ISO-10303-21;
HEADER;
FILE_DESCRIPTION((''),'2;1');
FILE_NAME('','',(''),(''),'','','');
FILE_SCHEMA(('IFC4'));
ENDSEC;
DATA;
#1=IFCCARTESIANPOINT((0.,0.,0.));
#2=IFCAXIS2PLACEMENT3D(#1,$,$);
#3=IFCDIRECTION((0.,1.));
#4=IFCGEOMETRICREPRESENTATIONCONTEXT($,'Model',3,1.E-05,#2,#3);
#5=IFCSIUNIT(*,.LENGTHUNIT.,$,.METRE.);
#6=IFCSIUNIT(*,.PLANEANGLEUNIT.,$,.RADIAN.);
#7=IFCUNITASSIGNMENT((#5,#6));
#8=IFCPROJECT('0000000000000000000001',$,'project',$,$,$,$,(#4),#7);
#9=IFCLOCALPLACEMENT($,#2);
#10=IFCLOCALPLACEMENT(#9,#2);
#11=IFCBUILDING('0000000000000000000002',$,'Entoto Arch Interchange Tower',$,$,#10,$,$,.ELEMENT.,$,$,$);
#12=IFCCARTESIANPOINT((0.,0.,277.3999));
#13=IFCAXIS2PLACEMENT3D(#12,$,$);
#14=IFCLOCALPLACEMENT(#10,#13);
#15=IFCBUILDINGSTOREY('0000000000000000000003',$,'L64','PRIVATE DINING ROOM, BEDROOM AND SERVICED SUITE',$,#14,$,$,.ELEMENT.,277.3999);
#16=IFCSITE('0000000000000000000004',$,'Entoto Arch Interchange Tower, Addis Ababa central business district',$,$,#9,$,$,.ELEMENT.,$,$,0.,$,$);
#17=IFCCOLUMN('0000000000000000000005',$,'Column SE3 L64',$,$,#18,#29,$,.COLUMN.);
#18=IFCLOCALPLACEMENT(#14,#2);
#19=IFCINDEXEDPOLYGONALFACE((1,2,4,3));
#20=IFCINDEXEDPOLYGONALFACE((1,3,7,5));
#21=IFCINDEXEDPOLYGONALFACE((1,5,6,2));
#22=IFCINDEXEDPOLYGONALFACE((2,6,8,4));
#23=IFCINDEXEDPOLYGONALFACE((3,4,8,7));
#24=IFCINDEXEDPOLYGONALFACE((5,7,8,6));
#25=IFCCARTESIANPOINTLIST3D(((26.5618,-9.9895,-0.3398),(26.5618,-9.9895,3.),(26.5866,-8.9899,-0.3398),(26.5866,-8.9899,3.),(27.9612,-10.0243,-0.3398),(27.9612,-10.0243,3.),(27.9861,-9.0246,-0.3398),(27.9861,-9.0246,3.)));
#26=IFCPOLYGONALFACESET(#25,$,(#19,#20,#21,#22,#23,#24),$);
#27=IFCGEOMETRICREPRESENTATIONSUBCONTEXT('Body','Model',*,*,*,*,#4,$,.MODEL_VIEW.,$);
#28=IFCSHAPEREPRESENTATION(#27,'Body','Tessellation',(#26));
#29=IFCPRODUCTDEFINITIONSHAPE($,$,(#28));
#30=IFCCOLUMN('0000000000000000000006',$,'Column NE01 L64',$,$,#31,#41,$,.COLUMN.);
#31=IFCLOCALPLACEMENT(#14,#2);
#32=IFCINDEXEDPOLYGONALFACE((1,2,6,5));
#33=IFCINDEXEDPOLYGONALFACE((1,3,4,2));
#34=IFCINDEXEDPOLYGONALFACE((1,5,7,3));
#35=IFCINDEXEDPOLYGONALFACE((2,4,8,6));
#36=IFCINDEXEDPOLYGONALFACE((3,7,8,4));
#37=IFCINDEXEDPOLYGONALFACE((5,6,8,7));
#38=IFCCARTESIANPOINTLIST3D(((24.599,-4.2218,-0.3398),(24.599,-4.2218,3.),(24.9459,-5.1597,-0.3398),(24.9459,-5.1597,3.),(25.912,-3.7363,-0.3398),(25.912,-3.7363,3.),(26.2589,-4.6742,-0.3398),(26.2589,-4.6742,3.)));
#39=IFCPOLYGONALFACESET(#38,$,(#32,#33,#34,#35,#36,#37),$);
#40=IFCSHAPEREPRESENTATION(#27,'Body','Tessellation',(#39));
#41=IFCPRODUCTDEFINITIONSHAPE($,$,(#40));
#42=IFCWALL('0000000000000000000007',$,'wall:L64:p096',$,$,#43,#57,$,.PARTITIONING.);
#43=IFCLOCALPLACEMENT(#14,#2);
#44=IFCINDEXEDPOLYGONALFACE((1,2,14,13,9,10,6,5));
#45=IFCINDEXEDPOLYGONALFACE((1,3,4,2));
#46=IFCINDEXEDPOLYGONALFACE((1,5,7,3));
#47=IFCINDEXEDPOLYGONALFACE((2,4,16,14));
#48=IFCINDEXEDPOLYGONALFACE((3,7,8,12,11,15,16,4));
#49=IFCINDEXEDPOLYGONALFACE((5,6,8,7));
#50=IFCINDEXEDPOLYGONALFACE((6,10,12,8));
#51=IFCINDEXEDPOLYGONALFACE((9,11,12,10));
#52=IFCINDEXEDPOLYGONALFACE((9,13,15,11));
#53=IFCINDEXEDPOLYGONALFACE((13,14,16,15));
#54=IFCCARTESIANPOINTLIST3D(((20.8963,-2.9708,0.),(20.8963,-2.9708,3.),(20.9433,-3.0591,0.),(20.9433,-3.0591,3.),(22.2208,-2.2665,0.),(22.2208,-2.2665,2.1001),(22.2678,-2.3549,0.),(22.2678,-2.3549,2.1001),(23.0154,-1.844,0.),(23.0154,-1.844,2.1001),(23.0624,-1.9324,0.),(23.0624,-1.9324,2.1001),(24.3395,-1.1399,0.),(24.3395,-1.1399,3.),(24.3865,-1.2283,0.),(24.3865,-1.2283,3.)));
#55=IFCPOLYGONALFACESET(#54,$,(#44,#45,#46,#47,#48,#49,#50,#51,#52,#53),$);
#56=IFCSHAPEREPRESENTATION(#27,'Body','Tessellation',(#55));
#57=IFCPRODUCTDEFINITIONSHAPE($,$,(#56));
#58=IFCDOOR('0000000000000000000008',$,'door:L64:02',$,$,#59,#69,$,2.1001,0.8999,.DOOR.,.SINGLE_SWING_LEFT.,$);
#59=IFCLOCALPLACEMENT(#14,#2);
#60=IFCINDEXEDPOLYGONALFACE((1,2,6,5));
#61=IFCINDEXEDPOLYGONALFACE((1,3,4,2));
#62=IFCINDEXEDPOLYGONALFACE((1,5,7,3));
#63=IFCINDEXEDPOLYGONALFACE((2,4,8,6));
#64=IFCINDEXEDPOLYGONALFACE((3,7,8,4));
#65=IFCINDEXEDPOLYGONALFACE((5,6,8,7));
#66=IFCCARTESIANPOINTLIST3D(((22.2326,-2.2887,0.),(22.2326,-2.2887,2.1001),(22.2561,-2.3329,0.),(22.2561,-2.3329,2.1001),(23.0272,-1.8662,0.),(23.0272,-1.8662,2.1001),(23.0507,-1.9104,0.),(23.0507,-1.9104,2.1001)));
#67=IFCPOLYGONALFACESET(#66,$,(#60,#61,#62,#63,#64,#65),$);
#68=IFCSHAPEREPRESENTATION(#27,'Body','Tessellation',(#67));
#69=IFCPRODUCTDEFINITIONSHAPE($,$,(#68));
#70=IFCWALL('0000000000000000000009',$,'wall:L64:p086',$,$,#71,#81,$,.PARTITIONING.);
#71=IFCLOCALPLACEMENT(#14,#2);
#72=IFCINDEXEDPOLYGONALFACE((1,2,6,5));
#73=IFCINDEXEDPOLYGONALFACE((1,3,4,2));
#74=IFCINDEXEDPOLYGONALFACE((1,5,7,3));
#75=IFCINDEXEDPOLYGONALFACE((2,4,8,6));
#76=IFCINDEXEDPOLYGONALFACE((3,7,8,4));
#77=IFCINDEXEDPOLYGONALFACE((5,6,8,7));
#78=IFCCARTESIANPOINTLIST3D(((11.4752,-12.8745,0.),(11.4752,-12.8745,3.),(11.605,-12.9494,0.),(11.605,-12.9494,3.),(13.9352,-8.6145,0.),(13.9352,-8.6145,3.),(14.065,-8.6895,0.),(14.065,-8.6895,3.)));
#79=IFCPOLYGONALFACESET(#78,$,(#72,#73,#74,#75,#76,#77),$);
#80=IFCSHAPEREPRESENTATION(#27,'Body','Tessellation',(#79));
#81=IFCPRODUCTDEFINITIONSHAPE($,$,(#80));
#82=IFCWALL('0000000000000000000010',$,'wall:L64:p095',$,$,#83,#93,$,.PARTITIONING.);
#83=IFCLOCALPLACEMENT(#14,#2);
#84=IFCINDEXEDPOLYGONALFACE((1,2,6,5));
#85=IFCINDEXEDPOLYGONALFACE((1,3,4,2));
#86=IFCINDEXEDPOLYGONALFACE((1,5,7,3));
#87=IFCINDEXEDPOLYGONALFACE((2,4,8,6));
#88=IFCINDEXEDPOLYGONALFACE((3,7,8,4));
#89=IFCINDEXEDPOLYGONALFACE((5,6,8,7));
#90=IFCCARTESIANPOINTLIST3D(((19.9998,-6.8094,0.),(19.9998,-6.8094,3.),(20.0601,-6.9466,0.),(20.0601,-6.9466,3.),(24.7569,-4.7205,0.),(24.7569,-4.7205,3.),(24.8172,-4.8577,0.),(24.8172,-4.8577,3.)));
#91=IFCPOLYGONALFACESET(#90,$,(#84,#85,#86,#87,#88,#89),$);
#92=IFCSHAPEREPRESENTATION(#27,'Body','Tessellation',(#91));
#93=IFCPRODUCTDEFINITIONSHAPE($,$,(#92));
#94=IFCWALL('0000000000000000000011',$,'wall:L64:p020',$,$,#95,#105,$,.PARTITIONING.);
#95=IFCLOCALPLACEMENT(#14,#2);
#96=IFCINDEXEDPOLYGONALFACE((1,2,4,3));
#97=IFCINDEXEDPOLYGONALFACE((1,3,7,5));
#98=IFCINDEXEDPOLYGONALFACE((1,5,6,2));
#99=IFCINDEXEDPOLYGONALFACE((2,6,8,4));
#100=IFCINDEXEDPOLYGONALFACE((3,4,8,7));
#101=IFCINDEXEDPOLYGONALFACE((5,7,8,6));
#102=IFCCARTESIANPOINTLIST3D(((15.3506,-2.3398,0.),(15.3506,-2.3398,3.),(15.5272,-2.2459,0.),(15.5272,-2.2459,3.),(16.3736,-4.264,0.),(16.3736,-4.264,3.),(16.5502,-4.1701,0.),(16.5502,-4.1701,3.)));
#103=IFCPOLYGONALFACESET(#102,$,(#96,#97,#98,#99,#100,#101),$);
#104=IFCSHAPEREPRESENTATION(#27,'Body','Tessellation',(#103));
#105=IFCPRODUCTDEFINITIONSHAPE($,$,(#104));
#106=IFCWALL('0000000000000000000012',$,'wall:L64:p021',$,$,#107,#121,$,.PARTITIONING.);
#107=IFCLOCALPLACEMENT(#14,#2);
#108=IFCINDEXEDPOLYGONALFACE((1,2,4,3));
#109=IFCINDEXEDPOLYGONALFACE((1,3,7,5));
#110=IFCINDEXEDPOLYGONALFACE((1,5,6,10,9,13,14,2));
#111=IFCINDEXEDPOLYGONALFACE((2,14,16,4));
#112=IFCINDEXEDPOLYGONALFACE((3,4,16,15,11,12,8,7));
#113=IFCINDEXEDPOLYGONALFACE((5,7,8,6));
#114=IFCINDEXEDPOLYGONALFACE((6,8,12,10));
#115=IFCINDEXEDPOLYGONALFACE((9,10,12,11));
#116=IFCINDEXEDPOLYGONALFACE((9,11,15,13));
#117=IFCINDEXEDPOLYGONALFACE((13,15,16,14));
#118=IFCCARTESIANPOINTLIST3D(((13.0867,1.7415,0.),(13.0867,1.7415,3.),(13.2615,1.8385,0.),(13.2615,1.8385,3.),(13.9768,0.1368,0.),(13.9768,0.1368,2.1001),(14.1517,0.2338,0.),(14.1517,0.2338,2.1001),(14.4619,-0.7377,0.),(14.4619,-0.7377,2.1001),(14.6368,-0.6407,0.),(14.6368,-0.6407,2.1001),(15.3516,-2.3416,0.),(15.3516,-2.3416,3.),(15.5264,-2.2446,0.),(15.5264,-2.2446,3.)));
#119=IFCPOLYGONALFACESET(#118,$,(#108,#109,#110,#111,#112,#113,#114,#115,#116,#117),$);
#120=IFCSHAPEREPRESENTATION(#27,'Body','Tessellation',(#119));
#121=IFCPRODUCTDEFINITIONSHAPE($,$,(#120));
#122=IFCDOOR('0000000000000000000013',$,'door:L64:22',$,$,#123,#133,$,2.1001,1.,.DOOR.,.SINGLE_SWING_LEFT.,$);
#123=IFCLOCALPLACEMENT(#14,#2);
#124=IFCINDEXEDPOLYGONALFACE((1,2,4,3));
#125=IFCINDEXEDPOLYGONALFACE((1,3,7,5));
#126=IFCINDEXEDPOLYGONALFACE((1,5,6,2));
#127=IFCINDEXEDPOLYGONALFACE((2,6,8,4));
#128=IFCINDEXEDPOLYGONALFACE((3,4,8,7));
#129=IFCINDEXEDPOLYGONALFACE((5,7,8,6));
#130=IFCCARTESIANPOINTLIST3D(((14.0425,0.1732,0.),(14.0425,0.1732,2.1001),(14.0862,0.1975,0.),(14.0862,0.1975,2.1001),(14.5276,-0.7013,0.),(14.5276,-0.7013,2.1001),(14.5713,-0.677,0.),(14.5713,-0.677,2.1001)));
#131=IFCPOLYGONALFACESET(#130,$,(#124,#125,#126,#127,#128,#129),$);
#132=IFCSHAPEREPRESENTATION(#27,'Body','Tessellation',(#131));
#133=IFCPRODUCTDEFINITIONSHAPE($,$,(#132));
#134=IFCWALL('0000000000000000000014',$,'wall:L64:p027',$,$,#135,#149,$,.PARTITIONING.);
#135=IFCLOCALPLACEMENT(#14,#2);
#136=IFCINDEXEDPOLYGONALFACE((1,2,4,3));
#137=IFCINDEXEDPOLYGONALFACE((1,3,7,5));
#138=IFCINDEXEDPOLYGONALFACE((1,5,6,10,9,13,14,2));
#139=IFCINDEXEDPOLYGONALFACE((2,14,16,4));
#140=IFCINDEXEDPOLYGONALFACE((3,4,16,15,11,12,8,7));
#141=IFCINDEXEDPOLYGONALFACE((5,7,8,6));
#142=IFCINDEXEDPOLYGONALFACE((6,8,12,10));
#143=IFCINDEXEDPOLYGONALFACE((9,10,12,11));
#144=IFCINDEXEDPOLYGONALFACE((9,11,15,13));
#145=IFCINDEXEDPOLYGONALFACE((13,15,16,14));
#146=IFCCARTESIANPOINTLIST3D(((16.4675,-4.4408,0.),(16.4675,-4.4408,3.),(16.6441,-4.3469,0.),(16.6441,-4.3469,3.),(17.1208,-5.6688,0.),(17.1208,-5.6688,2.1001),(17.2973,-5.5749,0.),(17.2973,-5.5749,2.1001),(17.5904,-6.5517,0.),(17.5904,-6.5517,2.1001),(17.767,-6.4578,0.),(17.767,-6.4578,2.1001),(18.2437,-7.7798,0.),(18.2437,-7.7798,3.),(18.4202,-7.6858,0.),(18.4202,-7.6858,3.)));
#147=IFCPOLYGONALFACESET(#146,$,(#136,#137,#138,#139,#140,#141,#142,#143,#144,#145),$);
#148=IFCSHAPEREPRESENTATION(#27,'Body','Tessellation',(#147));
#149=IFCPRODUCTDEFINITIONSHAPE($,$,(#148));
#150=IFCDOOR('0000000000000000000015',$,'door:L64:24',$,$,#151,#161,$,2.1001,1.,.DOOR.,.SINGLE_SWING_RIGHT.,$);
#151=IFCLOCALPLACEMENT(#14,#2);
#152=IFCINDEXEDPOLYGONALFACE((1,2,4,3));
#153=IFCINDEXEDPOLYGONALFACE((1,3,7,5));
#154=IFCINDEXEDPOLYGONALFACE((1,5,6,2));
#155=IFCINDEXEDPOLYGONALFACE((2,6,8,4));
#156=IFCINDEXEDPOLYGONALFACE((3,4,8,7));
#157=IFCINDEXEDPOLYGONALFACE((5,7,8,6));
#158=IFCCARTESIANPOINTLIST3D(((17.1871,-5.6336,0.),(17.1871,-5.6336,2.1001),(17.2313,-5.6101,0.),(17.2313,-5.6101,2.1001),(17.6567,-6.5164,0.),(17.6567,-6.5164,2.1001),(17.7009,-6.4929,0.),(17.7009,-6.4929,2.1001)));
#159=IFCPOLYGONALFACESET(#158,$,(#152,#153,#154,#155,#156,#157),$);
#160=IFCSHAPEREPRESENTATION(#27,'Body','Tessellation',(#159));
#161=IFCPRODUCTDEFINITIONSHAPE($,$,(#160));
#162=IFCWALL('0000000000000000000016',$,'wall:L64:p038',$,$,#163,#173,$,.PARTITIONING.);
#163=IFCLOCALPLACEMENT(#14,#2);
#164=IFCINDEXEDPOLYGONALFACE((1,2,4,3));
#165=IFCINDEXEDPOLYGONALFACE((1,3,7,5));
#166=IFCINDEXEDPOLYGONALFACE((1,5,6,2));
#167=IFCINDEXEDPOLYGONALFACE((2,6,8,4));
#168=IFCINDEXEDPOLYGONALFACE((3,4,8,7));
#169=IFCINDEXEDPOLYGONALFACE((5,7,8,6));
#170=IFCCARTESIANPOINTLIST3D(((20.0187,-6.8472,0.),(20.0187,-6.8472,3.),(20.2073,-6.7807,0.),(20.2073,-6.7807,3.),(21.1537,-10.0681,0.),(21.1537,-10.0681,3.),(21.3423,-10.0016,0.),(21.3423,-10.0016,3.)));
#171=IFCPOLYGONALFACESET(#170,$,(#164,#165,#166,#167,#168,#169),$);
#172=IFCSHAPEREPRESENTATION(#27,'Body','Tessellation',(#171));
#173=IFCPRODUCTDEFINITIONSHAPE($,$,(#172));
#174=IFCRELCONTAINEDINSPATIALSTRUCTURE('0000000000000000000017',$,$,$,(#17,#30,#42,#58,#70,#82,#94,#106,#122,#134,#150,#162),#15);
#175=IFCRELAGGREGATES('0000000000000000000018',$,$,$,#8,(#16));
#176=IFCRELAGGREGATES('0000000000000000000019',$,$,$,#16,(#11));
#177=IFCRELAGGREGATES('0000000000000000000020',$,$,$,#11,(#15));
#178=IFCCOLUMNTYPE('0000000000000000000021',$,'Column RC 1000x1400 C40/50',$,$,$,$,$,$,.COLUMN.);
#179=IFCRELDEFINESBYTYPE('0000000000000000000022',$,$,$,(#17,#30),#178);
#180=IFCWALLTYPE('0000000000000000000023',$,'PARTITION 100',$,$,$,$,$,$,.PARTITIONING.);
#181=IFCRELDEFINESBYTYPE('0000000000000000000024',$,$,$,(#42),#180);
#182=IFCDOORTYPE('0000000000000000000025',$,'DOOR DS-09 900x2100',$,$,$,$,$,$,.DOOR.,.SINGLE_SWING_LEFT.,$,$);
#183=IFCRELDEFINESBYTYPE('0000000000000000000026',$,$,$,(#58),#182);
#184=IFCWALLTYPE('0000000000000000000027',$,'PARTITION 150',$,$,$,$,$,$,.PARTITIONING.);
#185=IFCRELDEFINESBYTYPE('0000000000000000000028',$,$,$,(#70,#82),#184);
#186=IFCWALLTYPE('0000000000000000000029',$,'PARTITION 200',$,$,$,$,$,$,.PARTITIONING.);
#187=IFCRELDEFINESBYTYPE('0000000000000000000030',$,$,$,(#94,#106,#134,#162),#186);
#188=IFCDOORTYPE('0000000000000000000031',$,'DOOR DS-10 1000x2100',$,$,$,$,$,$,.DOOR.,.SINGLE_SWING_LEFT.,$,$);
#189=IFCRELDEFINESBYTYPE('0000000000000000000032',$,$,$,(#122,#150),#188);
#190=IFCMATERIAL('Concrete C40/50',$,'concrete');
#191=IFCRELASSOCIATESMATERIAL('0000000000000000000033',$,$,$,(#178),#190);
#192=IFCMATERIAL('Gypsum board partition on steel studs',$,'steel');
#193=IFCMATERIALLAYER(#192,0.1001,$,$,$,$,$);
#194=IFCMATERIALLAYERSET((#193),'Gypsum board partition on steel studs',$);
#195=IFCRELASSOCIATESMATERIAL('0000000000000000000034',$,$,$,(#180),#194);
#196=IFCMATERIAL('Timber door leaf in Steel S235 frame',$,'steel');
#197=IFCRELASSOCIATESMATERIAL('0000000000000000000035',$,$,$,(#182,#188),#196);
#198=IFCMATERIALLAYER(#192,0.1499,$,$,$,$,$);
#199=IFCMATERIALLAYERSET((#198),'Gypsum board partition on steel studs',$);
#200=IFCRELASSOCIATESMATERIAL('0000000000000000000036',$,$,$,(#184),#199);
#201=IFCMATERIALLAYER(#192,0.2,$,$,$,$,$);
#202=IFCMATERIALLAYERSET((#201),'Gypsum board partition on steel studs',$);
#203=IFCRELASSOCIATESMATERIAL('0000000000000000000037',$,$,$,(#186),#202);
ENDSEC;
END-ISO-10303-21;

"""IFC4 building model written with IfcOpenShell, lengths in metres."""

from ifc_helpers import new_model, si_unit, direction, frame, frame_2d, origin, origin_2d, place, context, subcontext, project, spatial, rectangle, extrude, material, layer, layer_set, material_profile, profile_set, type_object, element, fill, save


model = new_model("IFC4")

# Units and contexts
model_context = context("Model", 3, precision=1e-05, world=origin(), true_north=direction((0.0, 1.0)))
body_context = subcontext(model_context, "Body", "Model", "MODEL_VIEW")
ifc_project = project(units=[si_unit("LENGTHUNIT", "METRE"), si_unit("PLANEANGLEUNIT", "RADIAN")], contexts=[model_context])

# Site, building, storey
site_placement = place(None, origin())
site = spatial("IfcSite", under=ifc_project, at=site_placement, Name="Entoto Arch Interchange Tower, Addis Ababa central business district", CompositionType="ELEMENT", RefElevation=0.0)
building_placement = place(site_placement, origin())
building = spatial("IfcBuilding", under=site, at=building_placement, Name="Entoto Arch Interchange Tower", CompositionType="ELEMENT")
storey_placement = place(building_placement, frame((0.0, 0.0, 277.3999)))
storey = spatial("IfcBuildingStorey", under=building, at=storey_placement, Name="L64", Description="PRIVATE DINING ROOM, BEDROOM AND SERVICED SUITE", CompositionType="ELEMENT", Elevation=277.3999)

# Columns
ifc_material_1 = material(Name="Concrete C40/50", Category="concrete")
ifc_material_profile = material_profile(ifc_material_1, rectangle(XDim=1.0, YDim=1.3999, at=origin_2d()))
ifc_profile_set = profile_set([ifc_material_profile], Name="Concrete C40/50")
column_type = type_object("IfcColumnType", Name="Column RC 1000x1400 C40/50", PredefinedType="COLUMN", material=ifc_profile_set)
for number, where, z_axis, x_axis, name in (
    (1, (27.2739, -9.5071, -0.3398), (0.0, 0.0, 1.0), (0.024833, 0.999692, 0.0), "Column SE3 L64"),
    (2, (25.429, -4.448, -0.3398), (0.0, 0.0, 1.0), (-0.346854, 0.937919, 0.0), "Column NE01 L64"),
):
    element("IfcColumn", number, at=place(storey_placement, frame(where, z_axis=z_axis, x_axis=x_axis)), inside=storey, type_object=column_type, Name=name, PredefinedType="COLUMN", context=body_context, shape_type="SweptSolid", body=[
        extrude(rectangle(XDim=1.0, YDim=1.3999, at=origin_2d()), origin(), (0.0, 0.0, 1.0), 3.3398),
    ])

# Wall, opening, door
ifc_material_2 = material(Name="Gypsum board partition on steel studs", Category="steel")
ifc_layer_1 = layer(ifc_material_2, 0.1001)
ifc_layer_set_1 = layer_set([ifc_layer_1], Name="Gypsum board partition on steel studs")
wall_type_1 = type_object("IfcWallType", Name="PARTITION 100", PredefinedType="PARTITIONING", material=ifc_layer_set_1)
wall_1_placement = place(storey_placement, frame((20.9199, -3.0149, 0.0), z_axis=(0.0, 0.0, 1.0), x_axis=(0.88294, 0.469486, 0.0)))
wall_1 = element("IfcWall", 3, at=wall_1_placement, inside=storey, type_object=wall_type_1, Name="wall:L64:p096", PredefinedType="PARTITIONING", context=body_context, shape_type="SweptSolid", body=[
    extrude(rectangle(XDim=3.8997, YDim=0.1001, at=frame_2d((1.9497, 0.0))), origin(), (0.0, 0.0, 1.0), 3.0),
])
opening_1_placement = place(wall_1_placement, frame((1.5, 0.0, 0.0)))
opening_1 = element("IfcOpeningElement", 4, at=opening_1_placement, cuts=wall_1, PredefinedType="OPENING", context=body_context, shape_type="SweptSolid", body=[
    extrude(rectangle(XDim=0.8999, YDim=2.1001, at=frame_2d((0.45, 1.05))), frame((0.0, 0.0601, 0.0), z_axis=(0.0, -1.0, 0.0), x_axis=(1.0, 0.0, 0.0)), (0.0, 0.0, 1.0), 0.1201),
])
ifc_material_3 = material(Name="Timber door leaf in Steel S235 frame", Category="steel")
door_type_1 = type_object("IfcDoorType", Name="DOOR DS-09 900x2100", OperationType="SINGLE_SWING_LEFT", PredefinedType="DOOR", material=ifc_material_3)
door_1_placement = place(opening_1_placement, origin())
door_1 = element("IfcDoor", 5, at=door_1_placement, inside=storey, type_object=door_type_1, Name="door:L64:02", OperationType="SINGLE_SWING_LEFT", OverallHeight=2.1001, OverallWidth=0.8999, PredefinedType="DOOR", context=body_context, shape_type="SweptSolid", body=[
    extrude(rectangle(XDim=0.8999, YDim=2.1001, at=frame_2d((0.45, 1.05))), frame((0.0, 0.0249, 0.0), z_axis=(0.0, -1.0, 0.0), x_axis=(1.0, 0.0, 0.0)), (0.0, 0.0, 1.0), 0.05),
])
fill(opening_1, door_1)

# Walls
ifc_layer_2 = layer(ifc_material_2, 0.1499)
ifc_layer_set_2 = layer_set([ifc_layer_2], Name="Gypsum board partition on steel studs")
wall_type_2 = type_object("IfcWallType", Name="PARTITION 150", PredefinedType="PARTITIONING", material=ifc_layer_set_2)
wall_2_placement = place(storey_placement, frame((14.0, -8.6521, 0.0), z_axis=(0.0, 0.0, 1.0), x_axis=(-0.500068, -0.865986, 0.0)))
element("IfcWall", 6, at=wall_2_placement, inside=storey, type_object=wall_type_2, Name="wall:L64:p086", PredefinedType="PARTITIONING", context=body_context, shape_type="SweptSolid", body=[
    extrude(rectangle(XDim=4.9192, YDim=0.1499, at=frame_2d((2.4595, 0.0))), origin(), (0.0, 0.0, 1.0), 3.0),
])
wall_3_placement = place(storey_placement, frame((20.03, -6.8779, 0.0), z_axis=(0.0, 0.0, 1.0), x_axis=(0.915616, 0.402053, 0.0)))
element("IfcWall", 7, at=wall_3_placement, inside=storey, type_object=wall_type_2, Name="wall:L64:p095", PredefinedType="PARTITIONING", context=body_context, shape_type="SweptSolid", body=[
    extrude(rectangle(XDim=5.1956, YDim=0.1499, at=frame_2d((2.5977, 0.0))), origin(), (0.0, 0.0, 1.0), 3.0),
])
ifc_layer_3 = layer(ifc_material_2, 0.2)
ifc_layer_set_3 = layer_set([ifc_layer_3], Name="Gypsum board partition on steel studs")
wall_type_3 = type_object("IfcWallType", Name="PARTITION 200", PredefinedType="PARTITIONING", material=ifc_layer_set_3)
wall_4_placement = place(storey_placement, frame((16.4619, -4.217, 0.0), z_axis=(0.0, 0.0, 1.0), x_axis=(-0.469436, 0.882966, 0.0)))
element("IfcWall", 8, at=wall_4_placement, inside=storey, type_object=wall_type_3, Name="wall:L64:p020", PredefinedType="PARTITIONING", context=body_context, shape_type="SweptSolid", body=[
    extrude(rectangle(XDim=2.1792, YDim=0.2, at=frame_2d((1.0896, 0.0))), origin(), (0.0, 0.0, 1.0), 3.0),
])

# Walls, openings, doors
wall_5_placement = place(storey_placement, frame((15.439, -2.293, 0.0), z_axis=(0.0, 0.0, 1.0), x_axis=(-0.485079, 0.87447, 0.0)))
wall_5 = element("IfcWall", 9, at=wall_5_placement, inside=storey, type_object=wall_type_3, Name="wall:L64:p021", PredefinedType="PARTITIONING", context=body_context, shape_type="SweptSolid", body=[
    extrude(rectangle(XDim=4.6692, YDim=0.2, at=frame_2d((2.3345, 0.0))), origin(), (0.0, 0.0, 1.0), 3.0),
])
opening_2_placement = place(wall_5_placement, frame((1.834, 0.0, 0.0)))
opening_2 = element("IfcOpeningElement", 10, at=opening_2_placement, cuts=wall_5, PredefinedType="OPENING", context=body_context, shape_type="SweptSolid", body=[
    extrude(rectangle(XDim=1.0, YDim=2.1001, at=frame_2d((0.5, 1.05))), frame((0.0, 0.1099, 0.0), z_axis=(0.0, -1.0, 0.0), x_axis=(1.0, 0.0, 0.0)), (0.0, 0.0, 1.0), 0.22),
])
door_type_2 = type_object("IfcDoorType", Name="DOOR DS-10 1000x2100", OperationType="SINGLE_SWING_LEFT", PredefinedType="DOOR", material=ifc_material_3)
door_2_placement = place(opening_2_placement, origin())
door_2 = element("IfcDoor", 11, at=door_2_placement, inside=storey, type_object=door_type_2, Name="door:L64:22", OperationType="SINGLE_SWING_LEFT", OverallHeight=2.1001, OverallWidth=1.0, PredefinedType="DOOR", context=body_context, shape_type="SweptSolid", body=[
    extrude(rectangle(XDim=1.0, YDim=2.1001, at=frame_2d((0.5, 1.05))), frame((0.0, 0.0249, 0.0), z_axis=(0.0, -1.0, 0.0), x_axis=(1.0, 0.0, 0.0)), (0.0, 0.0, 1.0), 0.05),
])
fill(opening_2, door_2)
wall_6_placement = place(storey_placement, frame((18.332, -7.7329, 0.0), z_axis=(0.0, 0.0, 1.0), x_axis=(-0.46964, 0.882858, 0.0)))
wall_6 = element("IfcWall", 12, at=wall_6_placement, inside=storey, type_object=wall_type_3, Name="wall:L64:p027", PredefinedType="PARTITIONING", context=body_context, shape_type="SweptSolid", body=[
    extrude(rectangle(XDim=3.782, YDim=0.2, at=frame_2d((1.8911, 0.0))), origin(), (0.0, 0.0, 1.0), 3.0),
])
opening_3_placement = place(wall_6_placement, frame((1.3911, 0.0, 0.0)))
opening_3 = element("IfcOpeningElement", 13, at=opening_3_placement, cuts=wall_6, PredefinedType="OPENING", context=body_context, shape_type="SweptSolid", body=[
    extrude(rectangle(XDim=1.0, YDim=2.1001, at=frame_2d((0.5, 1.05))), frame((0.0, 0.1099, 0.0), z_axis=(0.0, -1.0, 0.0), x_axis=(1.0, 0.0, 0.0)), (0.0, 0.0, 1.0), 0.22),
])
door_3_placement = place(opening_3_placement, origin())
door_3 = element("IfcDoor", 14, at=door_3_placement, inside=storey, type_object=door_type_2, Name="door:L64:24", OperationType="SINGLE_SWING_RIGHT", OverallHeight=2.1001, OverallWidth=1.0, PredefinedType="DOOR", context=body_context, shape_type="SweptSolid", body=[
    extrude(rectangle(XDim=1.0, YDim=2.1001, at=frame_2d((0.5, 1.05))), frame((0.0, 0.0249, 0.0), z_axis=(0.0, -1.0, 0.0), x_axis=(1.0, 0.0, 0.0)), (0.0, 0.0, 1.0), 0.05),
])
fill(opening_3, door_3)

# Wall
wall_7_placement = place(storey_placement, frame((20.113, -6.814, 0.0), z_axis=(0.0, 0.0, 1.0), x_axis=(0.332353, -0.943155, 0.0)))
element("IfcWall", 15, at=wall_7_placement, inside=storey, type_object=wall_type_3, Name="wall:L64:p038", PredefinedType="PARTITIONING", context=body_context, shape_type="SweptSolid", body=[
    extrude(rectangle(XDim=3.415, YDim=0.2, at=frame_2d((1.7075, 0.0))), origin(), (0.0, 0.0, 1.0), 3.0),
])

save(model, "model.ifc")
